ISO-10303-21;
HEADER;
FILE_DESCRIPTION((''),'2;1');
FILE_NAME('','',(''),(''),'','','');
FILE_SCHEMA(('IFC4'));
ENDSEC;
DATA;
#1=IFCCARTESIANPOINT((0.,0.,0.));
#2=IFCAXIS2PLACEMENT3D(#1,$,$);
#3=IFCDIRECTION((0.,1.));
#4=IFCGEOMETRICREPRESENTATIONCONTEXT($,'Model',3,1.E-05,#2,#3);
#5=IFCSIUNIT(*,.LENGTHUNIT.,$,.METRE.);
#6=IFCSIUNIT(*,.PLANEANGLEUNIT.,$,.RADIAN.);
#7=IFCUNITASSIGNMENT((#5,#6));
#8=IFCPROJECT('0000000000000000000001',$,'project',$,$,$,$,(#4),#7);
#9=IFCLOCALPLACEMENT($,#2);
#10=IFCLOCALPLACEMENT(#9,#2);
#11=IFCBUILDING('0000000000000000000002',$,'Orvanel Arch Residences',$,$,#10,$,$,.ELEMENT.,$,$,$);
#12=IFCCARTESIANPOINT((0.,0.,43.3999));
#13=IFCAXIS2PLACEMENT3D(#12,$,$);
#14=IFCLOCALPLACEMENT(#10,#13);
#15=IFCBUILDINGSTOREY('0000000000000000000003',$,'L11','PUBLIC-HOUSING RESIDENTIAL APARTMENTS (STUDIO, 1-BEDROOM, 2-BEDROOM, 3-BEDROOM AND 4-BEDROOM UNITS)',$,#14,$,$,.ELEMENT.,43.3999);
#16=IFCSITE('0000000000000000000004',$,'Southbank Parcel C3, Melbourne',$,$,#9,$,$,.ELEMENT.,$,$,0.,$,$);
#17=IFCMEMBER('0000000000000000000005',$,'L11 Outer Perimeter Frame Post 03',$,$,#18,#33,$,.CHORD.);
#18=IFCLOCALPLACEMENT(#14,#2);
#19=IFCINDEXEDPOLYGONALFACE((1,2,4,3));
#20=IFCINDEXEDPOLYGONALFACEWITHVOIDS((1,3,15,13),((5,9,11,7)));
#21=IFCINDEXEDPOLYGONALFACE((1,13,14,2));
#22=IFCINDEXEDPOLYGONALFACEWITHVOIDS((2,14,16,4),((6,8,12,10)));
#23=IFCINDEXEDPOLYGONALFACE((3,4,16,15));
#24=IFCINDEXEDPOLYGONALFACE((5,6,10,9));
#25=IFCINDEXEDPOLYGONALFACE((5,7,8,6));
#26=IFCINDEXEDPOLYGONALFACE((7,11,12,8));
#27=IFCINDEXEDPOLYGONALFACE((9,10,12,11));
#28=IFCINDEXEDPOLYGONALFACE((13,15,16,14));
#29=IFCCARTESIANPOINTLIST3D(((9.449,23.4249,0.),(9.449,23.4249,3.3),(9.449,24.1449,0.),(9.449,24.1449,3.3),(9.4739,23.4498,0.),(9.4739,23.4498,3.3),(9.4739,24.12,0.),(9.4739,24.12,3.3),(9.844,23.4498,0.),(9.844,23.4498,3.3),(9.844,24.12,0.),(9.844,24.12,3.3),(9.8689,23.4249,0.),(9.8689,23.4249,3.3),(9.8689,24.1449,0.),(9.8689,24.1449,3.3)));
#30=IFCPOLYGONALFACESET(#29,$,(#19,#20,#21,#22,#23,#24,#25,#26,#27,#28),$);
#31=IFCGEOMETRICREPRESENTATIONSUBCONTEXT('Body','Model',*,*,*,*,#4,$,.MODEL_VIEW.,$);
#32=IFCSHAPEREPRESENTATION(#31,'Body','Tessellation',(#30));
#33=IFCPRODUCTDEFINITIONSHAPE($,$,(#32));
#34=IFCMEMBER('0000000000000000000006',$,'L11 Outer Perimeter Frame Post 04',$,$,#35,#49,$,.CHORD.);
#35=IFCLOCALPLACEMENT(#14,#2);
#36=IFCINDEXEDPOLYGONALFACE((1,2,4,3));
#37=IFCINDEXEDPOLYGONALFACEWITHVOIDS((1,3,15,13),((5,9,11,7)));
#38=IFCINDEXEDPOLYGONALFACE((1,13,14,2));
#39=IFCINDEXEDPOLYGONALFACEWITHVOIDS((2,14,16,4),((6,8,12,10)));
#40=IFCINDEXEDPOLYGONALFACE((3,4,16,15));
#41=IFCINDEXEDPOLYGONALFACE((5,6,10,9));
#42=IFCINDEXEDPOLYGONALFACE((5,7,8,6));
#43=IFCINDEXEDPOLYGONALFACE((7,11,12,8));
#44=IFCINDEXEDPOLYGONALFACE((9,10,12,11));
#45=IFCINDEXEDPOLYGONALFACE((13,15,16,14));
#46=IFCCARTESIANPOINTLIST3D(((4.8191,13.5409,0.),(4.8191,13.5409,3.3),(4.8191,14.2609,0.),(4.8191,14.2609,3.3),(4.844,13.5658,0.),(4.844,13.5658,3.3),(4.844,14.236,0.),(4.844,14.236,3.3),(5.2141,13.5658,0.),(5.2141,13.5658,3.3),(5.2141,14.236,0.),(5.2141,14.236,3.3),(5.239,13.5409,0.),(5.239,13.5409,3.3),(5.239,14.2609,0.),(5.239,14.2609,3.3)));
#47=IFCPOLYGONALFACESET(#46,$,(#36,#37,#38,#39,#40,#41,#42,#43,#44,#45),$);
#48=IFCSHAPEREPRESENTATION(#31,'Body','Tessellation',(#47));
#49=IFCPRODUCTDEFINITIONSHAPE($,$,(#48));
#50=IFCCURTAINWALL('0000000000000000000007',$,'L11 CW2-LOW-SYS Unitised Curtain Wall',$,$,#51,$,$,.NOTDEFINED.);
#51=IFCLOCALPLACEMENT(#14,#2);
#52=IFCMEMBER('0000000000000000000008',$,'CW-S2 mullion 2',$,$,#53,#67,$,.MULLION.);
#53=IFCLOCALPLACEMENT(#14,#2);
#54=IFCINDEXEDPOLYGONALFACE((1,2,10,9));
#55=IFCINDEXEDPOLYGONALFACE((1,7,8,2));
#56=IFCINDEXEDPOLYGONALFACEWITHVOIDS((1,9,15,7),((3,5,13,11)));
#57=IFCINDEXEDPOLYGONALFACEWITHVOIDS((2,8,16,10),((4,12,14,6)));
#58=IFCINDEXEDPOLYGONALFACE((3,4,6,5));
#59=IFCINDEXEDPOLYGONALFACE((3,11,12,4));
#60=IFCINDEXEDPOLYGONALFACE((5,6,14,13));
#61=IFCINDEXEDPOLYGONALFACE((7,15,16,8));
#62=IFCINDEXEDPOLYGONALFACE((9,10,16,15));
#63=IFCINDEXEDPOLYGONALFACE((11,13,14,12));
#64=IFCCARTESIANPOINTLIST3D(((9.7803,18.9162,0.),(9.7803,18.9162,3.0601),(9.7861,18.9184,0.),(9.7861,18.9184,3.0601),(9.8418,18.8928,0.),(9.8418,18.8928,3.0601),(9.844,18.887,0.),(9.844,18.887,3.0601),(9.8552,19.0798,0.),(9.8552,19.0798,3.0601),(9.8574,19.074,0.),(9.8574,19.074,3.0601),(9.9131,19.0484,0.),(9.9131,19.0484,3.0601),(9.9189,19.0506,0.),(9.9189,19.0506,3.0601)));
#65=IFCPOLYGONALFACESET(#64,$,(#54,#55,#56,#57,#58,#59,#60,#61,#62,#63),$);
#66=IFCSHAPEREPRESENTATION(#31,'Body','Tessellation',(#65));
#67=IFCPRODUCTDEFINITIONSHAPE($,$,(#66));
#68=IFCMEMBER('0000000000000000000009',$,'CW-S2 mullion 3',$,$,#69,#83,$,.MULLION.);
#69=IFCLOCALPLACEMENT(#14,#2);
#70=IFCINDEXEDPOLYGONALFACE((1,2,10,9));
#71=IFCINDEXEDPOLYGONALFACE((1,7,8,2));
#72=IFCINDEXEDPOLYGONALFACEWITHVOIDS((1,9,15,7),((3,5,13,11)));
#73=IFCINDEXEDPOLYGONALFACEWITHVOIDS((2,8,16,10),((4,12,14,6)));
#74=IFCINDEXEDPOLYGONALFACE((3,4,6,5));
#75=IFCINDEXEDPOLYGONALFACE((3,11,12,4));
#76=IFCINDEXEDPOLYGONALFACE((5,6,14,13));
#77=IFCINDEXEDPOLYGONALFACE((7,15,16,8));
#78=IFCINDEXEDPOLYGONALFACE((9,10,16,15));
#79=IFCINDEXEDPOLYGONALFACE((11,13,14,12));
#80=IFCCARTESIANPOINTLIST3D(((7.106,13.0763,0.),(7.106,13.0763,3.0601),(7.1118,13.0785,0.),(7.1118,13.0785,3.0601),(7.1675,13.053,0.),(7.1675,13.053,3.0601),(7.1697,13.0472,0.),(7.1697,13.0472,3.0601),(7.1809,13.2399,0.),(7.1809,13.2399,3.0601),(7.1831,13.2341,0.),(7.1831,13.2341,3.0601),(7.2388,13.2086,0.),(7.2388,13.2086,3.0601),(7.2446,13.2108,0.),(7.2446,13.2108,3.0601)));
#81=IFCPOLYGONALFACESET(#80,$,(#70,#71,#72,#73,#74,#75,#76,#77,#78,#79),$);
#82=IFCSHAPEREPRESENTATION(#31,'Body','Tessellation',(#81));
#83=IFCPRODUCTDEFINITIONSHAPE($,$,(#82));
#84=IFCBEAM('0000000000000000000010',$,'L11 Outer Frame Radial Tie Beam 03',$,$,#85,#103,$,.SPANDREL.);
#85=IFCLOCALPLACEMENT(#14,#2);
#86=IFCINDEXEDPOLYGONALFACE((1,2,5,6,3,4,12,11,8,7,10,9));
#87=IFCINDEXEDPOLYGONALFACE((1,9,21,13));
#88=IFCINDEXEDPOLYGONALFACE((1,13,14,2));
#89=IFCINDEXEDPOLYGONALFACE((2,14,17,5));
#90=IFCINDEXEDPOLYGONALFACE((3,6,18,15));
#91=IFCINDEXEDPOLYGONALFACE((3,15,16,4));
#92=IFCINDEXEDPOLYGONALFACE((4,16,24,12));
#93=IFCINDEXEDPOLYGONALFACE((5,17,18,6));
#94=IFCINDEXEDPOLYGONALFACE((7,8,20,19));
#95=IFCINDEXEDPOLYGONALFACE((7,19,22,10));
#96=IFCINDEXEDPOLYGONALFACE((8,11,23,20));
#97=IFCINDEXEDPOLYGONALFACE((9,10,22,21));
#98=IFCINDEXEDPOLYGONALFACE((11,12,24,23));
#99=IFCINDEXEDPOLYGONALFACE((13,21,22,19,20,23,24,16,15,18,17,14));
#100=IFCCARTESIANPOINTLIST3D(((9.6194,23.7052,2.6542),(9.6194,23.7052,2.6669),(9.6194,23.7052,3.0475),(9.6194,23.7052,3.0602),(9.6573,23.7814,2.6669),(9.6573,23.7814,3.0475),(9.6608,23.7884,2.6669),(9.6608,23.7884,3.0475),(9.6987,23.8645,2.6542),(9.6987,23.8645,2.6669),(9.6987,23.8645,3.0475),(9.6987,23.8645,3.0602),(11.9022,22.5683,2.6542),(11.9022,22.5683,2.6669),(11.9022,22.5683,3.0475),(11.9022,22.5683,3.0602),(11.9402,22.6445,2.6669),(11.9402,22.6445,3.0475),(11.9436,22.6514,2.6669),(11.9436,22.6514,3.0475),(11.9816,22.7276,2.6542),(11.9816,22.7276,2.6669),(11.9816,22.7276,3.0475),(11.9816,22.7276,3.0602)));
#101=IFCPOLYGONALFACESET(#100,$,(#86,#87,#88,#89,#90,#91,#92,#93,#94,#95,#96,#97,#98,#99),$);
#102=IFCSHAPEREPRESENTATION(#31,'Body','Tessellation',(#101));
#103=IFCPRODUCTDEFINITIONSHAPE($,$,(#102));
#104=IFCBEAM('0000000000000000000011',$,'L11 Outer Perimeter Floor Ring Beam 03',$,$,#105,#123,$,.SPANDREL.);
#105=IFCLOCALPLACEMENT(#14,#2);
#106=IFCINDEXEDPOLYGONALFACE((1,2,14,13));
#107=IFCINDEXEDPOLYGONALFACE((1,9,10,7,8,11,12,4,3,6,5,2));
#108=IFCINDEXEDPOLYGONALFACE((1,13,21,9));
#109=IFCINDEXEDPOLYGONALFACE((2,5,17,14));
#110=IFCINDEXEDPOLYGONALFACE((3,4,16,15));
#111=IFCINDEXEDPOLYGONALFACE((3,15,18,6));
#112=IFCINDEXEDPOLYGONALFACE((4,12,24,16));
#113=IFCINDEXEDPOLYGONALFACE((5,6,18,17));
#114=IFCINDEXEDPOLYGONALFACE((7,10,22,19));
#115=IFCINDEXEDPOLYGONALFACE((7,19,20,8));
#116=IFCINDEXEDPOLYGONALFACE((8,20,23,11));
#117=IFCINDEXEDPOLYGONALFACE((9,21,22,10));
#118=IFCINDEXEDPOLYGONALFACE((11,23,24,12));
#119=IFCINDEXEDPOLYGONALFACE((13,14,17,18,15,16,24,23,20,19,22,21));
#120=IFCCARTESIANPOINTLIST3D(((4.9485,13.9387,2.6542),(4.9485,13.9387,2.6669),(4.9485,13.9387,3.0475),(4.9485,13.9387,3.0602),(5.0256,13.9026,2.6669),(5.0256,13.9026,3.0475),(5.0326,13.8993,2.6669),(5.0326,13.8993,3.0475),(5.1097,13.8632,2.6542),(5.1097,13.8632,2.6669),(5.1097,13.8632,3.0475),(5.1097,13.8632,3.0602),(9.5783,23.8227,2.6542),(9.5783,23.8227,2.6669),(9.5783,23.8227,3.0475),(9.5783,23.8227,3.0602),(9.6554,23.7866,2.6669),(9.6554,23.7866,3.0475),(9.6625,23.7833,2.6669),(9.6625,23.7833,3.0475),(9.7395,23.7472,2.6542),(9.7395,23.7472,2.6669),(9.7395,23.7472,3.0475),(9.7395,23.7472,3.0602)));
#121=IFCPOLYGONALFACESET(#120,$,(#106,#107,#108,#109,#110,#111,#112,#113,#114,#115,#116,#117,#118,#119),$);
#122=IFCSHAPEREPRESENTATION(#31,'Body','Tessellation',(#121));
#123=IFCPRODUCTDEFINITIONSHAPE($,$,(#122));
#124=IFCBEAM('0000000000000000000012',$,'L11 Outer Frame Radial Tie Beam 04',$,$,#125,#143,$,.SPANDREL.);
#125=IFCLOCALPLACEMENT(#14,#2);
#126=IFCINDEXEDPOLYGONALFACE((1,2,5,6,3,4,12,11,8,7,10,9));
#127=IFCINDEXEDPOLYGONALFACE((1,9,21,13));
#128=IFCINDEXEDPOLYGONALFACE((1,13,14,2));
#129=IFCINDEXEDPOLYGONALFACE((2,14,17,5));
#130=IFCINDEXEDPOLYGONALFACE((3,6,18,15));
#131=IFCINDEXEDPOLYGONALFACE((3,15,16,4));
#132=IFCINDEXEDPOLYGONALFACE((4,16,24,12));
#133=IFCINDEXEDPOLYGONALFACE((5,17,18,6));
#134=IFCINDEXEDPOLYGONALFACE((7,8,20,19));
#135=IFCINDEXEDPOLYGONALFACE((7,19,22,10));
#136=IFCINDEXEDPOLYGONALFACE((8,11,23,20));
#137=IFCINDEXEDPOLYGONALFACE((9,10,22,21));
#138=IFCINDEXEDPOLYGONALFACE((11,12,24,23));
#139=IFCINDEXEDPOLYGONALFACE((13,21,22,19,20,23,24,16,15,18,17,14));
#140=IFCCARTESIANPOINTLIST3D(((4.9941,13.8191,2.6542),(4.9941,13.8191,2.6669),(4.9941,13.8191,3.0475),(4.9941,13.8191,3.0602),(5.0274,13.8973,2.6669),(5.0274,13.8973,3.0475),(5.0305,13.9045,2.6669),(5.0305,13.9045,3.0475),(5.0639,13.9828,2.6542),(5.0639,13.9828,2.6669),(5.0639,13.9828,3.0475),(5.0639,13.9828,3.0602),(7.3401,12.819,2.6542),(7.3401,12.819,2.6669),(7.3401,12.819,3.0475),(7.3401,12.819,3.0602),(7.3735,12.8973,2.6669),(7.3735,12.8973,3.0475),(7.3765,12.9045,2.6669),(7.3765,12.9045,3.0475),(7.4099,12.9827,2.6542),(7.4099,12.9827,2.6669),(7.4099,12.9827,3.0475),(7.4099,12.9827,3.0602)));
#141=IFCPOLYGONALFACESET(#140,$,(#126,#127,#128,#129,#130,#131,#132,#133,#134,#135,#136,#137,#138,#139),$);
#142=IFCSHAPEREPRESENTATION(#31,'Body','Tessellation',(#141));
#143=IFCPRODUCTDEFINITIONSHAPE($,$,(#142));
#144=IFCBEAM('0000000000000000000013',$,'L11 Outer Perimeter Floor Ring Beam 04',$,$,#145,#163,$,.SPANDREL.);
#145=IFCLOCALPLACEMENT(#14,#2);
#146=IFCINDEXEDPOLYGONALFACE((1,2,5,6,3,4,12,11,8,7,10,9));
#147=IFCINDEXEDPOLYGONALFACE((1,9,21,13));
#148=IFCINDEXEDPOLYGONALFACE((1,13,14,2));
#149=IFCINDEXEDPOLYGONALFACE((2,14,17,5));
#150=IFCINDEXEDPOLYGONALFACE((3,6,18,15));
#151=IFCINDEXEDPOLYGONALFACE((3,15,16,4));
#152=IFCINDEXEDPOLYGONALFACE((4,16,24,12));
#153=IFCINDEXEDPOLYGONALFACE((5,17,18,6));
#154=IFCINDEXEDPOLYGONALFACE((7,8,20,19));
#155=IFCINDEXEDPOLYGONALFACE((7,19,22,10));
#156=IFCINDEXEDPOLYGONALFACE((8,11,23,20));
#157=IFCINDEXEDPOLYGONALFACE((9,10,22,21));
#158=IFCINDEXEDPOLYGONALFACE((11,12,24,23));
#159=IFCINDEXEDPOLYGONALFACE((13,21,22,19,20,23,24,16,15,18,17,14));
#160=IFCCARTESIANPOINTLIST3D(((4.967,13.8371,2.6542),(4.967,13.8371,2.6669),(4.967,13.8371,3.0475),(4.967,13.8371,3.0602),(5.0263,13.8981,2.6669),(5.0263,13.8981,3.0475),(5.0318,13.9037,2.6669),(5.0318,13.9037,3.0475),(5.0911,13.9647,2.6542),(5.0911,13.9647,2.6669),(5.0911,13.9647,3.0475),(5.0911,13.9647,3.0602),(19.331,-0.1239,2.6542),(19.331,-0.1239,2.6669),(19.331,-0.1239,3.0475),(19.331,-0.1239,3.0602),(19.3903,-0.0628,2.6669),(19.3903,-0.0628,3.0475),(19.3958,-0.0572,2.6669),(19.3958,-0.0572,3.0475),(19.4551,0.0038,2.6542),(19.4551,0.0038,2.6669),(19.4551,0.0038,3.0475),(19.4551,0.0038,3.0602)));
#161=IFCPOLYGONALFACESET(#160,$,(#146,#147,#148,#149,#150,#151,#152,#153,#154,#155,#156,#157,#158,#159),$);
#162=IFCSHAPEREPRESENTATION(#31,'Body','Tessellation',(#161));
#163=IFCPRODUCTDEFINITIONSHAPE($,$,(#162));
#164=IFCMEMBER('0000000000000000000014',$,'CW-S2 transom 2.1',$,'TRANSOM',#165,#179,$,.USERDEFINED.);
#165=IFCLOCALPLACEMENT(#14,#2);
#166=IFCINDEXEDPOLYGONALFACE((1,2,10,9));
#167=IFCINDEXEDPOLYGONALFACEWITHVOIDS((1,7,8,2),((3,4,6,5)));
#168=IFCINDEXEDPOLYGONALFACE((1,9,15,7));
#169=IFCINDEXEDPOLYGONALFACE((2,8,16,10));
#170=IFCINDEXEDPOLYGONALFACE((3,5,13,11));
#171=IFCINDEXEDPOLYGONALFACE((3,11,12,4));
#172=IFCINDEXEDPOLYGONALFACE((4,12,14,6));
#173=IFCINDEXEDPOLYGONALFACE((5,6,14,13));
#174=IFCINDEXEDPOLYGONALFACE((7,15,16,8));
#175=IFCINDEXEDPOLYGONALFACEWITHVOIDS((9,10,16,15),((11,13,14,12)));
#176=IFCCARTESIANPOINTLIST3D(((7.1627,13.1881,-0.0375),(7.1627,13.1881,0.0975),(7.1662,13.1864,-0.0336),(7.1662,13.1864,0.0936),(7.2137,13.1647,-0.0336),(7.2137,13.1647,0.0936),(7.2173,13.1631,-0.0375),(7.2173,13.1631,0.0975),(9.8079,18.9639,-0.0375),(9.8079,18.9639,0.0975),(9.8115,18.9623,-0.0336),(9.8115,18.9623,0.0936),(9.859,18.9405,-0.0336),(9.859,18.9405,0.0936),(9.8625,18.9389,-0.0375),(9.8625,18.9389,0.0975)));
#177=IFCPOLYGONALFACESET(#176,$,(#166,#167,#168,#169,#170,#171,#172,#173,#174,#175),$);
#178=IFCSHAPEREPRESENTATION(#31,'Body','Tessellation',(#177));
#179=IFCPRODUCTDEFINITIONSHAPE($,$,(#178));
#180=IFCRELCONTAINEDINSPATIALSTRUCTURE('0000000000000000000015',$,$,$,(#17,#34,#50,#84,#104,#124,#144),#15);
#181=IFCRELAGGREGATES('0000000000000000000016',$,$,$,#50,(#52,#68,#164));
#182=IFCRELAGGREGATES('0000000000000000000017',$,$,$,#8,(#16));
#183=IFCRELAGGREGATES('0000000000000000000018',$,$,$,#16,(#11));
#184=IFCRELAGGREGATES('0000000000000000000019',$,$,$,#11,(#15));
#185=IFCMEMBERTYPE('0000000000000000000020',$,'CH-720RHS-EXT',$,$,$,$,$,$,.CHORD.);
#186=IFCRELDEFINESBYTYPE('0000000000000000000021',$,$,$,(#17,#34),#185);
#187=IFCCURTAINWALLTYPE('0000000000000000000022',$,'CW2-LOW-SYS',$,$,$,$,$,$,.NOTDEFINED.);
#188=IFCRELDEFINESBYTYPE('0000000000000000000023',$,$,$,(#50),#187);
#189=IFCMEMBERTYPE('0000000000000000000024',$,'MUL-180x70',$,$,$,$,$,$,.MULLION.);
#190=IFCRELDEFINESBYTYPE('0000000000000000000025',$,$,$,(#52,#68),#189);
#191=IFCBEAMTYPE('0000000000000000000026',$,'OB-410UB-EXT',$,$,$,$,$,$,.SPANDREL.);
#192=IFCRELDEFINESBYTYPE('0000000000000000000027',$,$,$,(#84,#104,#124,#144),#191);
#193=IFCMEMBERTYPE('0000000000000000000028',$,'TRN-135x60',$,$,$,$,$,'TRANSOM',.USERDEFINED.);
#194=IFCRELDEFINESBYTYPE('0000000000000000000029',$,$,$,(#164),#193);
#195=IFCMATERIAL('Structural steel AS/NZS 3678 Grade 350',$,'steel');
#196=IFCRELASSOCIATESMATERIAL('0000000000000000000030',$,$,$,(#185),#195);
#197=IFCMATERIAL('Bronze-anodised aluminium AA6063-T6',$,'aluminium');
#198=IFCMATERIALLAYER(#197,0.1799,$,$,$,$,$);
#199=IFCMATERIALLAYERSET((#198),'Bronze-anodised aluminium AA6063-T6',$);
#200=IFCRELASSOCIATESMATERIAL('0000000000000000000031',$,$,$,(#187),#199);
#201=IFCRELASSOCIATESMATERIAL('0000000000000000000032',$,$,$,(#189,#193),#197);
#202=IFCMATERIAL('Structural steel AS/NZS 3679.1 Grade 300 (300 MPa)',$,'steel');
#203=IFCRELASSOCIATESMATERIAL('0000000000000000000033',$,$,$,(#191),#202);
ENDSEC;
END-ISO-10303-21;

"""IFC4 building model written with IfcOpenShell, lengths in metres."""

from ifc_helpers import new_model, si_unit, direction, frame, origin, origin_2d, place, context, subcontext, project, spatial, hollow_rectangle, i_section, extrude, material, layer, layer_set, material_profile, profile_set, type_object, element, aggregate, save


model = new_model("IFC4")

# Units and contexts
model_context = context("Model", 3, precision=1e-05, world=origin(), true_north=direction((0.0, 1.0)))
body_context = subcontext(model_context, "Body", "Model", "MODEL_VIEW")
ifc_project = project(units=[si_unit("LENGTHUNIT", "METRE"), si_unit("PLANEANGLEUNIT", "RADIAN")], contexts=[model_context])

# Site, building, storey
site_placement = place(None, origin())
site = spatial("IfcSite", under=ifc_project, at=site_placement, Name="Southbank Parcel C3, Melbourne", CompositionType="ELEMENT", RefElevation=0.0)
building_placement = place(site_placement, origin())
building = spatial("IfcBuilding", under=site, at=building_placement, Name="Orvanel Arch Residences", CompositionType="ELEMENT")
storey_placement = place(building_placement, frame((0.0, 0.0, 43.3999)))
storey = spatial("IfcBuildingStorey", under=building, at=storey_placement, Name="L11", Description="PUBLIC-HOUSING RESIDENTIAL APARTMENTS (STUDIO, 1-BEDROOM, 2-BEDROOM, 3-BEDROOM AND 4-BEDROOM UNITS)", CompositionType="ELEMENT", Elevation=43.3999)

# Members
ifc_material_1 = material(Name="Structural steel AS/NZS 3678 Grade 350", Category="steel")
ifc_material_profile_1 = material_profile(ifc_material_1, hollow_rectangle(XDim=0.4199, YDim=0.72, WallThickness=0.0249, at=origin_2d()), Name="RHS720x420x25")
ifc_profile_set_1 = profile_set([ifc_material_profile_1], Name="Structural steel AS/NZS 3678 Grade 350")
member_type_1 = type_object("IfcMemberType", Name="CH-720RHS-EXT", PredefinedType="CHORD", material=ifc_profile_set_1)
for number, where, z_axis, x_axis, name in (
    (1, (9.6589, 23.7849, 0.0), (0.0, 0.0, 1.0), (1.0, 0.0, 0.0), "L11 Outer Perimeter Frame Post 03"),
    (2, (5.0291, 13.9009, 0.0), (0.0, 0.0, 1.0), (1.0, 0.0, 0.0), "L11 Outer Perimeter Frame Post 04"),
):
    element("IfcMember", number, at=place(storey_placement, frame(where, z_axis=z_axis, x_axis=x_axis)), inside=storey, type_object=member_type_1, Name=name, PredefinedType="CHORD", context=body_context, shape_type="SweptSolid", body=[
        extrude(hollow_rectangle(XDim=0.4199, YDim=0.72, WallThickness=0.0249, at=origin_2d()), origin(), (0.0, 0.0, 1.0), 3.3),
    ])

# Curtain wall, members
ifc_material_2 = material(Name="Bronze-anodised aluminium AA6063-T6", Category="aluminium")
ifc_layer_1 = layer(ifc_material_2, 0.1799)
ifc_layer_set_1 = layer_set([ifc_layer_1], Name="Bronze-anodised aluminium AA6063-T6")
curtain_wall_type = type_object("IfcCurtainWallType", Name="CW2-LOW-SYS", PredefinedType="NOTDEFINED", material=ifc_layer_set_1)
curtain_wall_placement = place(storey_placement, origin())
curtain_wall = element("IfcCurtainWall", 3, at=curtain_wall_placement, inside=storey, type_object=curtain_wall_type, Name="L11 CW2-LOW-SYS Unitised Curtain Wall", PredefinedType="NOTDEFINED")
ifc_material_profile_2 = material_profile(ifc_material_2, hollow_rectangle(XDim=0.0701, YDim=0.1799, WallThickness=0.0044, at=origin_2d()), Name="ALU180x70x4.5")
ifc_profile_set_2 = profile_set([ifc_material_profile_2], Name="Bronze-anodised aluminium AA6063-T6")
member_type_2 = type_object("IfcMemberType", Name="MUL-180x70", PredefinedType="MULLION", material=ifc_profile_set_2)
member_1_placement = place(storey_placement, frame((9.8496, 18.9834, 0.0), z_axis=(0.0, 0.0, 1.0), x_axis=(0.909193, -0.416374, 0.0)))
member_1 = element("IfcMember", 4, at=member_1_placement, type_object=member_type_2, Name="CW-S2 mullion 2", PredefinedType="MULLION", context=body_context, shape_type="SweptSolid", body=[
    extrude(hollow_rectangle(XDim=0.0701, YDim=0.1799, WallThickness=0.0044, at=origin_2d()), origin(), (0.0, 0.0, 1.0), 3.0601),
])
member_2_placement = place(storey_placement, frame((7.1753, 13.1436, 0.0), z_axis=(0.0, 0.0, 1.0), x_axis=(0.909193, -0.416374, 0.0)))
member_2 = element("IfcMember", 5, at=member_2_placement, type_object=member_type_2, Name="CW-S2 mullion 3", PredefinedType="MULLION", context=body_context, shape_type="SweptSolid", body=[
    extrude(hollow_rectangle(XDim=0.0701, YDim=0.1799, WallThickness=0.0044, at=origin_2d()), origin(), (0.0, 0.0, 1.0), 3.0601),
])

# Beams
ifc_material_3 = material(Name="Structural steel AS/NZS 3679.1 Grade 300 (300 MPa)", Category="steel")
ifc_material_profile_3 = material_profile(ifc_material_3, i_section(OverallWidth=0.178, OverallDepth=0.406, WebThickness=0.0078, FlangeThickness=0.0127, at=origin_2d()), Name="410UB59.7")
ifc_profile_set_3 = profile_set([ifc_material_profile_3], Name="Structural steel AS/NZS 3679.1 Grade 300 (300 MPa)")
beam_type = type_object("IfcBeamType", Name="OB-410UB-EXT", PredefinedType="SPANDREL", material=ifc_profile_set_3)
beam_1_placement = place(storey_placement, frame((11.9419, 22.6479, 2.8572), z_axis=(-0.895134, 0.445796, 0.0), x_axis=(-0.445796, -0.895134, 0.0)))
element("IfcBeam", 6, at=beam_1_placement, inside=storey, type_object=beam_type, Name="L11 Outer Frame Radial Tie Beam 03", PredefinedType="SPANDREL", context=body_context, shape_type="SweptSolid", body=[
    extrude(i_section(OverallWidth=0.178, OverallDepth=0.406, WebThickness=0.0078, FlangeThickness=0.0127, at=origin_2d()), origin(), (0.0, 0.0, 1.0), 2.5503),
])
beam_2_placement = place(storey_placement, frame((9.6589, 23.7849, 2.8572), z_axis=(-0.424189, -0.905574, 0.0), x_axis=(0.905574, -0.424189, 0.0)))
element("IfcBeam", 7, at=beam_2_placement, inside=storey, type_object=beam_type, Name="L11 Outer Perimeter Floor Ring Beam 03", PredefinedType="SPANDREL", context=body_context, shape_type="SweptSolid", body=[
    extrude(i_section(OverallWidth=0.178, OverallDepth=0.406, WebThickness=0.0078, FlangeThickness=0.0127, at=origin_2d()), origin(), (0.0, 0.0, 1.0), 10.9146),
])
beam_3_placement = place(storey_placement, frame((7.375, 12.9009, 2.8572), z_axis=(-0.919911, 0.392128, 0.0), x_axis=(-0.392128, -0.919911, 0.0)))
element("IfcBeam", 8, at=beam_3_placement, inside=storey, type_object=beam_type, Name="L11 Outer Frame Radial Tie Beam 04", PredefinedType="SPANDREL", context=body_context, shape_type="SweptSolid", body=[
    extrude(i_section(OverallWidth=0.178, OverallDepth=0.406, WebThickness=0.0078, FlangeThickness=0.0127, at=origin_2d()), origin(), (0.0, 0.0, 1.0), 2.5503),
])
beam_4_placement = place(storey_placement, frame((5.0291, 13.9009, 2.8572), z_axis=(0.717097, -0.696974, 0.0), x_axis=(0.696974, 0.717097, 0.0)))
element("IfcBeam", 9, at=beam_4_placement, inside=storey, type_object=beam_type, Name="L11 Outer Perimeter Floor Ring Beam 04", PredefinedType="SPANDREL", context=body_context, shape_type="SweptSolid", body=[
    extrude(i_section(OverallWidth=0.178, OverallDepth=0.406, WebThickness=0.0078, FlangeThickness=0.0127, at=origin_2d()), origin(), (0.0, 0.0, 1.0), 20.0308),
])

# Member
ifc_material_profile_4 = material_profile(ifc_material_2, hollow_rectangle(XDim=0.0601, YDim=0.135, WallThickness=0.0039, at=origin_2d()), Name="ALU135x60x4")
ifc_profile_set_4 = profile_set([ifc_material_profile_4], Name="Bronze-anodised aluminium AA6063-T6")
member_type_3 = type_object("IfcMemberType", Name="TRN-135x60", ElementType="TRANSOM", PredefinedType="USERDEFINED", material=ifc_profile_set_4)
member_3_placement = place(storey_placement, frame((9.8352, 18.9514, 0.03), z_axis=(-0.416393, -0.909185, 0.0), x_axis=(0.909185, -0.416393, 0.0)))
member_3 = element("IfcMember", 10, at=member_3_placement, type_object=member_type_3, Name="CW-S2 transom 2.1", ObjectType="TRANSOM", PredefinedType="USERDEFINED", context=body_context, shape_type="SweptSolid", body=[
    extrude(hollow_rectangle(XDim=0.0601, YDim=0.135, WallThickness=0.0039, at=origin_2d()), origin(), (0.0, 0.0, 1.0), 6.3528),
])

aggregate(curtain_wall, [member_1, member_2, member_3])

save(model, "model.ifc")
